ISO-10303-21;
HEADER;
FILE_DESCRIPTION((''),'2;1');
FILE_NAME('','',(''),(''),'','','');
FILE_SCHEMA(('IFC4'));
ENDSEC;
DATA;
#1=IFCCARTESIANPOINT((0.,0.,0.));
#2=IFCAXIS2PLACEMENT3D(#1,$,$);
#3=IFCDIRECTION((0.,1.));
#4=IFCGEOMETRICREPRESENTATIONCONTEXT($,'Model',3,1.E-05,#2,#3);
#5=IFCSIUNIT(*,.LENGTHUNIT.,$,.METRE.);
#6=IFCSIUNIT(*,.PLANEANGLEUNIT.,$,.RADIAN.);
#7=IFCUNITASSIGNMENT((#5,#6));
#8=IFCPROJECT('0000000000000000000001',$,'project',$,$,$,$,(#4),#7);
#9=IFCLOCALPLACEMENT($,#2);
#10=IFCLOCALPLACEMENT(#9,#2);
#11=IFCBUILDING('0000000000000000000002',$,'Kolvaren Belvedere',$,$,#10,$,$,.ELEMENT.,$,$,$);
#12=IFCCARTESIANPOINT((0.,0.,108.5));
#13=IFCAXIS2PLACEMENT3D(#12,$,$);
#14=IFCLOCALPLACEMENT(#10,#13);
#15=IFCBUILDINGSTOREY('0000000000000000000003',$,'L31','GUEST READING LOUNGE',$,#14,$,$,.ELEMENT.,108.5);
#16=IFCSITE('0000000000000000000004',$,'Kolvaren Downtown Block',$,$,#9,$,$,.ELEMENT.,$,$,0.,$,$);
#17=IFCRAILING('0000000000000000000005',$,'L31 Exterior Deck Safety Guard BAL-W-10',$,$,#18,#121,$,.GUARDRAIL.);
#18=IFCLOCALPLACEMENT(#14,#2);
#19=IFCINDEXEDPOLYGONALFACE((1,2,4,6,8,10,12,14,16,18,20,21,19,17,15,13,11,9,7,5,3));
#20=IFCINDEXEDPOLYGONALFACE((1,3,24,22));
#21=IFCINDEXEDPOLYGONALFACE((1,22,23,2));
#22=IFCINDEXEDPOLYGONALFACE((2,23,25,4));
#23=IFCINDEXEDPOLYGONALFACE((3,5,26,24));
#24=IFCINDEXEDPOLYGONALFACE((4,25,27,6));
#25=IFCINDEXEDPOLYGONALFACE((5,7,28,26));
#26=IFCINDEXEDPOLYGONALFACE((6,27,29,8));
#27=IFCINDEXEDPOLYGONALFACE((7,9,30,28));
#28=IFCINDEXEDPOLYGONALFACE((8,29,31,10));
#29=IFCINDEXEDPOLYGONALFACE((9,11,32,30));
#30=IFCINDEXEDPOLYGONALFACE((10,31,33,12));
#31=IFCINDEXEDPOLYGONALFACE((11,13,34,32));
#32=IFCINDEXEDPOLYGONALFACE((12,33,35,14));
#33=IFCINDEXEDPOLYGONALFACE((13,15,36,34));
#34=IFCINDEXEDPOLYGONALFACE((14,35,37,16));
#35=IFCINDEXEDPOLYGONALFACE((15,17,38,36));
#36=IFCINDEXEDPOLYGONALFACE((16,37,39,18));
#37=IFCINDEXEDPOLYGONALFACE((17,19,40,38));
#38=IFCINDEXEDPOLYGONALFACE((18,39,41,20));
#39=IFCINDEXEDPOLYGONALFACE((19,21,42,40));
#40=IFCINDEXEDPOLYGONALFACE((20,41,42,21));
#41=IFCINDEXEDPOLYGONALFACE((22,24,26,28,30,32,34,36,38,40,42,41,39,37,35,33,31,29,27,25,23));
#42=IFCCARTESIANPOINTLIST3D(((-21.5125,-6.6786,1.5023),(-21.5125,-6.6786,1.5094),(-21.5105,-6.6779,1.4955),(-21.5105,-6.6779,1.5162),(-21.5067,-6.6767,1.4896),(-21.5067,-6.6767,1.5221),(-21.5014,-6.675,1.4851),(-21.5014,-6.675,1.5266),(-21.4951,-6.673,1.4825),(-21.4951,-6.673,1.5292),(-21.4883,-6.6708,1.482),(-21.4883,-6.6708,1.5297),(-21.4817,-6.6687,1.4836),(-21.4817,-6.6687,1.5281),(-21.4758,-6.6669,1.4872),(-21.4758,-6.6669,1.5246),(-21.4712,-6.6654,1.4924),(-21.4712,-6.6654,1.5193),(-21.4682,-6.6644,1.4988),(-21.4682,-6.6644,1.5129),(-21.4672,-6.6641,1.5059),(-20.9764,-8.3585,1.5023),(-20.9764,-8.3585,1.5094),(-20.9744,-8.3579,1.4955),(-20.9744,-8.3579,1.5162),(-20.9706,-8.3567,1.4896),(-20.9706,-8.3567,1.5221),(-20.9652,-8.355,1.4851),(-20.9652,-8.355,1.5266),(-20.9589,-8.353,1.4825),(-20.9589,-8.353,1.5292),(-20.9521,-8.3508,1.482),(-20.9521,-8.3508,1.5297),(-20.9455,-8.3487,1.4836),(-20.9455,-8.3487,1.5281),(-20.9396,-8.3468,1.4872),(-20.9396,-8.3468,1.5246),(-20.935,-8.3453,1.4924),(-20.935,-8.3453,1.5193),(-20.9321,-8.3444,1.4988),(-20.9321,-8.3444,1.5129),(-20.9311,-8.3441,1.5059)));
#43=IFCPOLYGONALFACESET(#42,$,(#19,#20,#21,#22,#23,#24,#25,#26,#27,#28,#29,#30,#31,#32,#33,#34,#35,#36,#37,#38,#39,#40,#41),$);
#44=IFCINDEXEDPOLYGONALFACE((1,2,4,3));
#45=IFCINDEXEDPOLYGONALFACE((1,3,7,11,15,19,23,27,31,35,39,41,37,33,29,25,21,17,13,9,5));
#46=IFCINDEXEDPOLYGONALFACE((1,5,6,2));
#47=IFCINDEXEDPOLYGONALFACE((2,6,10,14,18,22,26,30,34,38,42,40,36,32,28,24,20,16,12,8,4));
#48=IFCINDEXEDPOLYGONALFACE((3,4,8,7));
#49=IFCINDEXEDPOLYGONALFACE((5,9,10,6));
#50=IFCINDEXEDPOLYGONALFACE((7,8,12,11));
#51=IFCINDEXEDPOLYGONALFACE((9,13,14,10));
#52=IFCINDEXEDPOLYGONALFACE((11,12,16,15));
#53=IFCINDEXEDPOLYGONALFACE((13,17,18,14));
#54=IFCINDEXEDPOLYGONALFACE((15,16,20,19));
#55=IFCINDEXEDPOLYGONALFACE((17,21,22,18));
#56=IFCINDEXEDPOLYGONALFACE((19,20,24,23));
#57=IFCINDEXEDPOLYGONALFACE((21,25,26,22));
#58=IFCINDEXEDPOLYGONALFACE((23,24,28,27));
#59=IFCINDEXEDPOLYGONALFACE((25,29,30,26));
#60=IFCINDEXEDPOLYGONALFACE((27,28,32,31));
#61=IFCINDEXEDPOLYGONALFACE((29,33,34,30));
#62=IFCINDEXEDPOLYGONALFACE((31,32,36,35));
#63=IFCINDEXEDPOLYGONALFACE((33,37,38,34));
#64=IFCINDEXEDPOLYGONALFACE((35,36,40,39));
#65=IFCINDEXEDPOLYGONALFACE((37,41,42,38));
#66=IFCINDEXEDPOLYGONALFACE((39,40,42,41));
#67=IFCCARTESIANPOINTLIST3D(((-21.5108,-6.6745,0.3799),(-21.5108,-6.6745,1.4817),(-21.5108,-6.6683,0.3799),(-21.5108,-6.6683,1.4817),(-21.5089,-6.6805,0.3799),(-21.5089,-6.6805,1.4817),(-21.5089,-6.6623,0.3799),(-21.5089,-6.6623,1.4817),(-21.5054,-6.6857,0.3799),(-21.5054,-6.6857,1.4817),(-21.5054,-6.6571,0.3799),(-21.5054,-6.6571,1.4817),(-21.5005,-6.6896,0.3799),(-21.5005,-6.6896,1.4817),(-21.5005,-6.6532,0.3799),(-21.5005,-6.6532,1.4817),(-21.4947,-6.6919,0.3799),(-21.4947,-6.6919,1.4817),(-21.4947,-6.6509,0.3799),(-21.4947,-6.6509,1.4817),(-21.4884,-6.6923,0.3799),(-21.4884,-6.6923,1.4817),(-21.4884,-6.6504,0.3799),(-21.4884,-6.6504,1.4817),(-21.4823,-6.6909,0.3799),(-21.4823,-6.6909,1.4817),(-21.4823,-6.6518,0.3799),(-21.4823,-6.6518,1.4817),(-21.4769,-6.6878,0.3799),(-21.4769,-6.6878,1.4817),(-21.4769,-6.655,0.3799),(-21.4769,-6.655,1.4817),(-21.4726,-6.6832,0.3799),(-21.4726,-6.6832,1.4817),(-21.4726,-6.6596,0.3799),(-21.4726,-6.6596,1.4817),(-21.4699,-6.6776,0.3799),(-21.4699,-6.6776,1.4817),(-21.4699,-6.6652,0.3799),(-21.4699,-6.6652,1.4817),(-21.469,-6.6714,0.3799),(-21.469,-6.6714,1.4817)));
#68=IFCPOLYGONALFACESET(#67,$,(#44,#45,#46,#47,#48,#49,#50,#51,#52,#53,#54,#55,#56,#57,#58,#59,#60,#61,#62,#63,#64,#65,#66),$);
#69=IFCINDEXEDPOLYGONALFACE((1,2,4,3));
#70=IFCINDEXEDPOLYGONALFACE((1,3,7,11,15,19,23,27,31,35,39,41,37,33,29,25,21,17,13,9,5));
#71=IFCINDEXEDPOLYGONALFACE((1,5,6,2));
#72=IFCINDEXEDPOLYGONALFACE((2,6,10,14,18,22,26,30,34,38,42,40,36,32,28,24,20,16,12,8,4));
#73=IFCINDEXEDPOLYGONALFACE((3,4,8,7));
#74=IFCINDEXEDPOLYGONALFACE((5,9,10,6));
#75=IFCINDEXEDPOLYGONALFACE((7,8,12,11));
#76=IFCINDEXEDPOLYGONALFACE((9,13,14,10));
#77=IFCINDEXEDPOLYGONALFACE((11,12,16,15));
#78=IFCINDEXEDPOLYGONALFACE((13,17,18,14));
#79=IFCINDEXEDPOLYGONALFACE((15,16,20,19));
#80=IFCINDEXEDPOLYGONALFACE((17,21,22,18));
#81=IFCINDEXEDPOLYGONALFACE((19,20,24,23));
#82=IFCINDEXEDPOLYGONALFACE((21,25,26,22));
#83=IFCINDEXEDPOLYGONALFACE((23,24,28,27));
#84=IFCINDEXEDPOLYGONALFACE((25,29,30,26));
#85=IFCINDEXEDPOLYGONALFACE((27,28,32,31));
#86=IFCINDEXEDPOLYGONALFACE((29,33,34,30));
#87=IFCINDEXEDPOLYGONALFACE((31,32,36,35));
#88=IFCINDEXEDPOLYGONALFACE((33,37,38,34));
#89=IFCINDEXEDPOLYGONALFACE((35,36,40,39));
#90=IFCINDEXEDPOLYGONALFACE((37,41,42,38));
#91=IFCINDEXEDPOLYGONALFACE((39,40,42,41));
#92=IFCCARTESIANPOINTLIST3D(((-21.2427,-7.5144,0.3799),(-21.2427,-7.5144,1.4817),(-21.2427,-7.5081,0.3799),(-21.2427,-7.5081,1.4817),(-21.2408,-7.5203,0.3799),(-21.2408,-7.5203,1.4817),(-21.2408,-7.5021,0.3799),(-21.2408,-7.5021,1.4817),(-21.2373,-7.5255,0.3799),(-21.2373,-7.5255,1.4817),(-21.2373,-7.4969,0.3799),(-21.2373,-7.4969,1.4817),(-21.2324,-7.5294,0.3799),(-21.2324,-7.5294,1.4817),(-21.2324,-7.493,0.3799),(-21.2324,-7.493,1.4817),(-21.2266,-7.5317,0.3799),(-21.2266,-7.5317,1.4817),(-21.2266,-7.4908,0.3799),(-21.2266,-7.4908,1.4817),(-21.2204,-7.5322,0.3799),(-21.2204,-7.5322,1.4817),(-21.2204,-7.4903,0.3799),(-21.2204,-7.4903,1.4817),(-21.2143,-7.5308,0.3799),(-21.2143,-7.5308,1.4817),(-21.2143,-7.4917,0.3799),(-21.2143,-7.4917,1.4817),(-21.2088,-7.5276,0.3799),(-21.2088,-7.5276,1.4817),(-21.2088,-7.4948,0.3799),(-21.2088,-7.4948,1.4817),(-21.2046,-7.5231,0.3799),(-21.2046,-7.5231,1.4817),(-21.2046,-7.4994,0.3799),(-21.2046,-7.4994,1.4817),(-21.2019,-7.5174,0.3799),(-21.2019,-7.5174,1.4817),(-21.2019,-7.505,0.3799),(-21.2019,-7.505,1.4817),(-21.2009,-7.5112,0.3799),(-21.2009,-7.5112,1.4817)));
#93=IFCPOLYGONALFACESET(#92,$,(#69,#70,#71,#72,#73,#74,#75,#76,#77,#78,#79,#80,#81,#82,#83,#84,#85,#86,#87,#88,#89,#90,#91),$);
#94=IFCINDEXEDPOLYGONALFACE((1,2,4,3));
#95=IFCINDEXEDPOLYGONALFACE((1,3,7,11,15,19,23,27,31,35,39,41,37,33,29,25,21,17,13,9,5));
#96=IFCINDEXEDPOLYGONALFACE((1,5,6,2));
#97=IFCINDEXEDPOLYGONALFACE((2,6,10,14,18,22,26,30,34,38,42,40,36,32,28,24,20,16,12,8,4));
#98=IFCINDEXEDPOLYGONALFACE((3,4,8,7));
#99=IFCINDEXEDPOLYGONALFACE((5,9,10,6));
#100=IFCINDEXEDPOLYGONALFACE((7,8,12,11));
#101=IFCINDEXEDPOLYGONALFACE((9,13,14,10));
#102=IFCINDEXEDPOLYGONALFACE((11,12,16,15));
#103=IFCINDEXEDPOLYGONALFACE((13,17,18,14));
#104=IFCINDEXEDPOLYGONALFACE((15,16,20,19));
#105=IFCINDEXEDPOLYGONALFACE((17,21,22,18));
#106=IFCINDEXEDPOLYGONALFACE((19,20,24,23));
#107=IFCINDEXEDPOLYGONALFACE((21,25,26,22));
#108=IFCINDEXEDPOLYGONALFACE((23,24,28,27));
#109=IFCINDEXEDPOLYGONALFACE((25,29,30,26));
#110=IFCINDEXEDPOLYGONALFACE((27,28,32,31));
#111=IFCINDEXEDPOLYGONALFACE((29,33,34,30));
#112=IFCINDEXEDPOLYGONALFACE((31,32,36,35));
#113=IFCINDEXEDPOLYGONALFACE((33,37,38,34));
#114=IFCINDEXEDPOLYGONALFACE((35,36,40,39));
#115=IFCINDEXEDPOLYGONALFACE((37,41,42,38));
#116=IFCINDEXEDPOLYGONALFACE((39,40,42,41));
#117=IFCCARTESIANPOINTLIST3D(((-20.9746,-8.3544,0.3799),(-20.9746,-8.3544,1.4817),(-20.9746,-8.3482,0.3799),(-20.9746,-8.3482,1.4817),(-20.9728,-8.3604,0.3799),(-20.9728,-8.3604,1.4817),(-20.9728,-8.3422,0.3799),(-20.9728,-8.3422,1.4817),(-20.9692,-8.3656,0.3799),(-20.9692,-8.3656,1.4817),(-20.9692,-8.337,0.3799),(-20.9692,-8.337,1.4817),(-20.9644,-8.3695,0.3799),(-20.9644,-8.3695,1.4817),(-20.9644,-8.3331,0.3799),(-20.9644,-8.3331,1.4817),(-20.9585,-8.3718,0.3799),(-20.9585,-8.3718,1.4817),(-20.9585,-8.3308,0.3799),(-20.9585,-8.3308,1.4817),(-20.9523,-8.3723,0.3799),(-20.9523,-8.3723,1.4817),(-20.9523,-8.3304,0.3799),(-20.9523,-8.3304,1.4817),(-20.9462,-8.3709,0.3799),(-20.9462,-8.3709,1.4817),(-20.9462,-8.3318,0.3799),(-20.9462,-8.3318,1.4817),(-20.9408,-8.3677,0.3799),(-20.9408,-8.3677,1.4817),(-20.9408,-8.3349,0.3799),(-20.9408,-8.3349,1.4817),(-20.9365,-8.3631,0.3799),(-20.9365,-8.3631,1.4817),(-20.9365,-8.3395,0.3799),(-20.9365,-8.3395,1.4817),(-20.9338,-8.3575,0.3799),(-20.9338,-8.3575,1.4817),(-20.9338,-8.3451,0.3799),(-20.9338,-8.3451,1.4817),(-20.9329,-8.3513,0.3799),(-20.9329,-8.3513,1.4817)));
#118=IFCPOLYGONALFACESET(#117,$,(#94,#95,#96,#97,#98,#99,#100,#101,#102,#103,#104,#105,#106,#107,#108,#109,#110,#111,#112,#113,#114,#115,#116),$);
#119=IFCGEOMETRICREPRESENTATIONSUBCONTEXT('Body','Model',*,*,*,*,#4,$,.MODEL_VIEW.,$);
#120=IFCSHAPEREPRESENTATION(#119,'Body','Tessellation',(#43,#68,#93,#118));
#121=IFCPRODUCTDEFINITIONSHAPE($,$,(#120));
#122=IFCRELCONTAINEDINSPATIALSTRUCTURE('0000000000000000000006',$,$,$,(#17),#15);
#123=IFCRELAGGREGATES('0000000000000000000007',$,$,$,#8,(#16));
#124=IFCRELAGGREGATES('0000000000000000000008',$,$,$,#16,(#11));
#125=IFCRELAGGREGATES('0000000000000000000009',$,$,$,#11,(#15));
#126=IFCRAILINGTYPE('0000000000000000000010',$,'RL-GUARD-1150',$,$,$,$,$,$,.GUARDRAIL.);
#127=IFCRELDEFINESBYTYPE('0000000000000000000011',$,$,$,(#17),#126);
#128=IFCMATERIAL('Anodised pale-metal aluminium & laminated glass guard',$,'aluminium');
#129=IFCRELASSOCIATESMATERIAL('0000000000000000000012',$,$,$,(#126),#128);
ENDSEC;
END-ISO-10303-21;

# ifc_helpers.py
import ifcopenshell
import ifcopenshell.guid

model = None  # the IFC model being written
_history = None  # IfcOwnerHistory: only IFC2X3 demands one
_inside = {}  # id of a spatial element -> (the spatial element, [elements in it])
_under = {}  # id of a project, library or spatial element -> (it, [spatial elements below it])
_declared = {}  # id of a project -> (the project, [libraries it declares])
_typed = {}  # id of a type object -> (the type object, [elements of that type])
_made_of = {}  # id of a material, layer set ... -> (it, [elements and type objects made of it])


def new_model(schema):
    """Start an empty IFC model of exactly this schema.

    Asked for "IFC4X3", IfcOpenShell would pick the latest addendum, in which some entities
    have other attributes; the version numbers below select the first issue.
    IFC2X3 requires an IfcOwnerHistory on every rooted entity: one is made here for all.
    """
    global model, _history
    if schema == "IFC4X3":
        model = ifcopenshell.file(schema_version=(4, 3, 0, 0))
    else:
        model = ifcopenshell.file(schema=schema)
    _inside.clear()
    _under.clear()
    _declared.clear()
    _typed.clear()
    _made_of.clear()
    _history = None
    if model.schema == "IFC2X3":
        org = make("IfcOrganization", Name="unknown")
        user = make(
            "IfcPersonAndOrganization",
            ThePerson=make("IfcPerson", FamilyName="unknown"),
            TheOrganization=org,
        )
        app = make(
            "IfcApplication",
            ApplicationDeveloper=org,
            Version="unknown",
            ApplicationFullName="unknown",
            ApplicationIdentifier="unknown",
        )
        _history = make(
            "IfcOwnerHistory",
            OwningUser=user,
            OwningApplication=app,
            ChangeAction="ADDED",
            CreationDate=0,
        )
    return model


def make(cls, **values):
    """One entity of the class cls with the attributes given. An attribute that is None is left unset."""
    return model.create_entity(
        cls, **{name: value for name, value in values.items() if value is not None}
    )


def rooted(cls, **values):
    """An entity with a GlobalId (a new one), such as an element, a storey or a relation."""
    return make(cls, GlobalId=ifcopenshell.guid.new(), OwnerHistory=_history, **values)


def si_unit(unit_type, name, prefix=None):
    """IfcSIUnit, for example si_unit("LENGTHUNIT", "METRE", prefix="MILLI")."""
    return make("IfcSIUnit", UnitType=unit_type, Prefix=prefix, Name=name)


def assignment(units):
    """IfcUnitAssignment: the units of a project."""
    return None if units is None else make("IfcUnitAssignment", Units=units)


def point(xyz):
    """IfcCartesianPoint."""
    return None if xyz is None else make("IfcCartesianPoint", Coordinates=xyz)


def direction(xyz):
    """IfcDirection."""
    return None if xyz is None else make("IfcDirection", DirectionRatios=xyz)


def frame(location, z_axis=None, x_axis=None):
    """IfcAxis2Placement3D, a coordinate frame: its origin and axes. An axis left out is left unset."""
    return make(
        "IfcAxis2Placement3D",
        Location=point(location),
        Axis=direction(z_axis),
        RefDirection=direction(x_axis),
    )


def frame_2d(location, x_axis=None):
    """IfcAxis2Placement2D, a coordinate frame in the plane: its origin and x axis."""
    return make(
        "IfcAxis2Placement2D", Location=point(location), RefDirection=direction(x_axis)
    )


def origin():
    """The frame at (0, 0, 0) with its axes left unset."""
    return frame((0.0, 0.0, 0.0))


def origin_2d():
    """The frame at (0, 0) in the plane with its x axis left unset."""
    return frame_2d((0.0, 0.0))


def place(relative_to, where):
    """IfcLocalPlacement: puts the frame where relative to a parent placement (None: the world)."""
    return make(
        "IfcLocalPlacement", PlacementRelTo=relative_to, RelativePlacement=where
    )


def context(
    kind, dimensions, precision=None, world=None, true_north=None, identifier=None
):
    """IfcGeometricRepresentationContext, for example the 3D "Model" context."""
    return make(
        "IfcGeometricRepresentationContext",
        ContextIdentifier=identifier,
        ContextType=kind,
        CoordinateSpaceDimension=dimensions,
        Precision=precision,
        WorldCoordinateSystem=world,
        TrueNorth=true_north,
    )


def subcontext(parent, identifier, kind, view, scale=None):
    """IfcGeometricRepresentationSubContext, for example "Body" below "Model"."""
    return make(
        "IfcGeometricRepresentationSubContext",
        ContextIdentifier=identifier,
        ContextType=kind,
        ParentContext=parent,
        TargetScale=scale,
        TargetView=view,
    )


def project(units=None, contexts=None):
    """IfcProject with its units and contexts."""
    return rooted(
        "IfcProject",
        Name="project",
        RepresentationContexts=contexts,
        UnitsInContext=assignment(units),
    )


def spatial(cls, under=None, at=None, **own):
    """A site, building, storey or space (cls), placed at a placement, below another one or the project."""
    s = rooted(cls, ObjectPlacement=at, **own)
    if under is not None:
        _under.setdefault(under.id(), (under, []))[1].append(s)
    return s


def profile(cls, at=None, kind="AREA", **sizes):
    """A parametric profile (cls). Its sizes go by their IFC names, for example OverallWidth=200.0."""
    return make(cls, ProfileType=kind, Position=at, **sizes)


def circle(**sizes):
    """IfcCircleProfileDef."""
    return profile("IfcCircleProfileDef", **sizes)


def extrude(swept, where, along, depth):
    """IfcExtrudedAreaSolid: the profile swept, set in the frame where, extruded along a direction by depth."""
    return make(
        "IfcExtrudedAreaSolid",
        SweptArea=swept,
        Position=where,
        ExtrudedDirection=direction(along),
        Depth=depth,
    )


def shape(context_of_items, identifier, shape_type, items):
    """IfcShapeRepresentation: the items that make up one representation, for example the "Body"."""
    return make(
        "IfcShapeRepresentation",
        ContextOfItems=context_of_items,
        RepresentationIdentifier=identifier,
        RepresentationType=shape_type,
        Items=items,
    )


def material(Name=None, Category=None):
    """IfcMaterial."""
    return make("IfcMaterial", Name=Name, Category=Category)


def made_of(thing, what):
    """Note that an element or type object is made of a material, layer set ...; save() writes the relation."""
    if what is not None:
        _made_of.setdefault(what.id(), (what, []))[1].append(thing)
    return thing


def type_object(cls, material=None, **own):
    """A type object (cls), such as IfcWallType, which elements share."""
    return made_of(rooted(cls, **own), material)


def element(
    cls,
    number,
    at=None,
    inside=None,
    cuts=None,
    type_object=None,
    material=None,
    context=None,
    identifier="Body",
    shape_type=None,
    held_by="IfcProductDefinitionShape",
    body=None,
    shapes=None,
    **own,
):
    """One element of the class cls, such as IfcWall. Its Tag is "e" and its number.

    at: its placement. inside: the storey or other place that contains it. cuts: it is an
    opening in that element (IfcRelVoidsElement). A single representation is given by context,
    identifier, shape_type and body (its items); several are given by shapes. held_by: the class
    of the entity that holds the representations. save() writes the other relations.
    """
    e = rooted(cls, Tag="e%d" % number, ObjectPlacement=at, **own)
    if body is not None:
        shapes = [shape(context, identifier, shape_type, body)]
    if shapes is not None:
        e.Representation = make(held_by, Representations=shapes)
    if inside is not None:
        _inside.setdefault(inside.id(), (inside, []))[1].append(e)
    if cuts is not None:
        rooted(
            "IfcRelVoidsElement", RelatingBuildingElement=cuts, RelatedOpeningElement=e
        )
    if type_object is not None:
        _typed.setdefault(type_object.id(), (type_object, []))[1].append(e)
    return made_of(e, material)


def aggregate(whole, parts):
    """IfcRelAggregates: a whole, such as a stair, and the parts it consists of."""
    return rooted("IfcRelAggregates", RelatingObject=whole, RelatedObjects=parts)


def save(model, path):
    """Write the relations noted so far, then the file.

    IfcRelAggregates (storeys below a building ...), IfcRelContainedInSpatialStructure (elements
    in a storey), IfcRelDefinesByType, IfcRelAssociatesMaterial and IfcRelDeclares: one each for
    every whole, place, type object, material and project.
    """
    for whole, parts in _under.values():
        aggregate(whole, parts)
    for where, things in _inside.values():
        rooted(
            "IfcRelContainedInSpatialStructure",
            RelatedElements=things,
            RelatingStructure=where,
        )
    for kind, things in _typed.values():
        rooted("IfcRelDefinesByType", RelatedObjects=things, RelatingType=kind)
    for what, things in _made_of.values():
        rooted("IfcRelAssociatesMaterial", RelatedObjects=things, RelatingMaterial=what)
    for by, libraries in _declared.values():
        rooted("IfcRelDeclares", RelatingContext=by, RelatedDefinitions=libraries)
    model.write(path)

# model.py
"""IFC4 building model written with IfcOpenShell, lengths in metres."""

from ifc_helpers import new_model, si_unit, direction, frame, origin, origin_2d, place, context, subcontext, project, spatial, circle, extrude, material, type_object, element, save


model = new_model("IFC4")

# Units and contexts
model_context = context("Model", 3, precision=1e-05, world=origin(), true_north=direction((0.0, 1.0)))
body_context = subcontext(model_context, "Body", "Model", "MODEL_VIEW")
ifc_project = project(units=[si_unit("LENGTHUNIT", "METRE"), si_unit("PLANEANGLEUNIT", "RADIAN")], contexts=[model_context])

# Site, building, storey
site_placement = place(None, origin())
site = spatial("IfcSite", under=ifc_project, at=site_placement, Name="Kolvaren Downtown Block", CompositionType="ELEMENT", RefElevation=0.0)
building_placement = place(site_placement, origin())
building = spatial("IfcBuilding", under=site, at=building_placement, Name="Kolvaren Belvedere", CompositionType="ELEMENT")
storey_placement = place(building_placement, frame((0.0, 0.0, 108.5)))
storey = spatial("IfcBuildingStorey", under=building, at=storey_placement, Name="L31", Description="GUEST READING LOUNGE", CompositionType="ELEMENT", Elevation=108.5)

# Railing
ifc_material_1 = material(Name="Anodised pale-metal aluminium & laminated glass guard", Category="aluminium")
railing_type = type_object("IfcRailingType", Name="RL-GUARD-1150", PredefinedType="GUARDRAIL", material=ifc_material_1)
railing_1_placement = place(storey_placement, frame((-21.49, -6.6714, 0.3799)))
element("IfcRailing", 1, at=railing_1_placement, inside=storey, type_object=railing_type, Name="L31 Exterior Deck Safety Guard BAL-W-10", PredefinedType="GUARDRAIL", context=body_context, shape_type="SweptSolid", body=[
    extrude(circle(Radius=0.0239, at=origin_2d()), frame((0.0, 0.0, 1.126), z_axis=(0.304032, -0.952662, 0.0), x_axis=(0.952662, 0.304032, 0.0)), (0.0, 0.0, 1.0), 1.7634),
    extrude(circle(Radius=0.021, at=origin_2d()), origin(), (0.0, 0.0, 1.0), 1.1018),
    extrude(circle(Radius=0.021, at=origin_2d()), frame((0.2681, -0.8398, 0.0)), (0.0, 0.0, 1.0), 1.1018),
    extrude(circle(Radius=0.021, at=origin_2d()), frame((0.5361, -1.6799, 0.0)), (0.0, 0.0, 1.0), 1.1018),
])

save(model, "model.ifc")
